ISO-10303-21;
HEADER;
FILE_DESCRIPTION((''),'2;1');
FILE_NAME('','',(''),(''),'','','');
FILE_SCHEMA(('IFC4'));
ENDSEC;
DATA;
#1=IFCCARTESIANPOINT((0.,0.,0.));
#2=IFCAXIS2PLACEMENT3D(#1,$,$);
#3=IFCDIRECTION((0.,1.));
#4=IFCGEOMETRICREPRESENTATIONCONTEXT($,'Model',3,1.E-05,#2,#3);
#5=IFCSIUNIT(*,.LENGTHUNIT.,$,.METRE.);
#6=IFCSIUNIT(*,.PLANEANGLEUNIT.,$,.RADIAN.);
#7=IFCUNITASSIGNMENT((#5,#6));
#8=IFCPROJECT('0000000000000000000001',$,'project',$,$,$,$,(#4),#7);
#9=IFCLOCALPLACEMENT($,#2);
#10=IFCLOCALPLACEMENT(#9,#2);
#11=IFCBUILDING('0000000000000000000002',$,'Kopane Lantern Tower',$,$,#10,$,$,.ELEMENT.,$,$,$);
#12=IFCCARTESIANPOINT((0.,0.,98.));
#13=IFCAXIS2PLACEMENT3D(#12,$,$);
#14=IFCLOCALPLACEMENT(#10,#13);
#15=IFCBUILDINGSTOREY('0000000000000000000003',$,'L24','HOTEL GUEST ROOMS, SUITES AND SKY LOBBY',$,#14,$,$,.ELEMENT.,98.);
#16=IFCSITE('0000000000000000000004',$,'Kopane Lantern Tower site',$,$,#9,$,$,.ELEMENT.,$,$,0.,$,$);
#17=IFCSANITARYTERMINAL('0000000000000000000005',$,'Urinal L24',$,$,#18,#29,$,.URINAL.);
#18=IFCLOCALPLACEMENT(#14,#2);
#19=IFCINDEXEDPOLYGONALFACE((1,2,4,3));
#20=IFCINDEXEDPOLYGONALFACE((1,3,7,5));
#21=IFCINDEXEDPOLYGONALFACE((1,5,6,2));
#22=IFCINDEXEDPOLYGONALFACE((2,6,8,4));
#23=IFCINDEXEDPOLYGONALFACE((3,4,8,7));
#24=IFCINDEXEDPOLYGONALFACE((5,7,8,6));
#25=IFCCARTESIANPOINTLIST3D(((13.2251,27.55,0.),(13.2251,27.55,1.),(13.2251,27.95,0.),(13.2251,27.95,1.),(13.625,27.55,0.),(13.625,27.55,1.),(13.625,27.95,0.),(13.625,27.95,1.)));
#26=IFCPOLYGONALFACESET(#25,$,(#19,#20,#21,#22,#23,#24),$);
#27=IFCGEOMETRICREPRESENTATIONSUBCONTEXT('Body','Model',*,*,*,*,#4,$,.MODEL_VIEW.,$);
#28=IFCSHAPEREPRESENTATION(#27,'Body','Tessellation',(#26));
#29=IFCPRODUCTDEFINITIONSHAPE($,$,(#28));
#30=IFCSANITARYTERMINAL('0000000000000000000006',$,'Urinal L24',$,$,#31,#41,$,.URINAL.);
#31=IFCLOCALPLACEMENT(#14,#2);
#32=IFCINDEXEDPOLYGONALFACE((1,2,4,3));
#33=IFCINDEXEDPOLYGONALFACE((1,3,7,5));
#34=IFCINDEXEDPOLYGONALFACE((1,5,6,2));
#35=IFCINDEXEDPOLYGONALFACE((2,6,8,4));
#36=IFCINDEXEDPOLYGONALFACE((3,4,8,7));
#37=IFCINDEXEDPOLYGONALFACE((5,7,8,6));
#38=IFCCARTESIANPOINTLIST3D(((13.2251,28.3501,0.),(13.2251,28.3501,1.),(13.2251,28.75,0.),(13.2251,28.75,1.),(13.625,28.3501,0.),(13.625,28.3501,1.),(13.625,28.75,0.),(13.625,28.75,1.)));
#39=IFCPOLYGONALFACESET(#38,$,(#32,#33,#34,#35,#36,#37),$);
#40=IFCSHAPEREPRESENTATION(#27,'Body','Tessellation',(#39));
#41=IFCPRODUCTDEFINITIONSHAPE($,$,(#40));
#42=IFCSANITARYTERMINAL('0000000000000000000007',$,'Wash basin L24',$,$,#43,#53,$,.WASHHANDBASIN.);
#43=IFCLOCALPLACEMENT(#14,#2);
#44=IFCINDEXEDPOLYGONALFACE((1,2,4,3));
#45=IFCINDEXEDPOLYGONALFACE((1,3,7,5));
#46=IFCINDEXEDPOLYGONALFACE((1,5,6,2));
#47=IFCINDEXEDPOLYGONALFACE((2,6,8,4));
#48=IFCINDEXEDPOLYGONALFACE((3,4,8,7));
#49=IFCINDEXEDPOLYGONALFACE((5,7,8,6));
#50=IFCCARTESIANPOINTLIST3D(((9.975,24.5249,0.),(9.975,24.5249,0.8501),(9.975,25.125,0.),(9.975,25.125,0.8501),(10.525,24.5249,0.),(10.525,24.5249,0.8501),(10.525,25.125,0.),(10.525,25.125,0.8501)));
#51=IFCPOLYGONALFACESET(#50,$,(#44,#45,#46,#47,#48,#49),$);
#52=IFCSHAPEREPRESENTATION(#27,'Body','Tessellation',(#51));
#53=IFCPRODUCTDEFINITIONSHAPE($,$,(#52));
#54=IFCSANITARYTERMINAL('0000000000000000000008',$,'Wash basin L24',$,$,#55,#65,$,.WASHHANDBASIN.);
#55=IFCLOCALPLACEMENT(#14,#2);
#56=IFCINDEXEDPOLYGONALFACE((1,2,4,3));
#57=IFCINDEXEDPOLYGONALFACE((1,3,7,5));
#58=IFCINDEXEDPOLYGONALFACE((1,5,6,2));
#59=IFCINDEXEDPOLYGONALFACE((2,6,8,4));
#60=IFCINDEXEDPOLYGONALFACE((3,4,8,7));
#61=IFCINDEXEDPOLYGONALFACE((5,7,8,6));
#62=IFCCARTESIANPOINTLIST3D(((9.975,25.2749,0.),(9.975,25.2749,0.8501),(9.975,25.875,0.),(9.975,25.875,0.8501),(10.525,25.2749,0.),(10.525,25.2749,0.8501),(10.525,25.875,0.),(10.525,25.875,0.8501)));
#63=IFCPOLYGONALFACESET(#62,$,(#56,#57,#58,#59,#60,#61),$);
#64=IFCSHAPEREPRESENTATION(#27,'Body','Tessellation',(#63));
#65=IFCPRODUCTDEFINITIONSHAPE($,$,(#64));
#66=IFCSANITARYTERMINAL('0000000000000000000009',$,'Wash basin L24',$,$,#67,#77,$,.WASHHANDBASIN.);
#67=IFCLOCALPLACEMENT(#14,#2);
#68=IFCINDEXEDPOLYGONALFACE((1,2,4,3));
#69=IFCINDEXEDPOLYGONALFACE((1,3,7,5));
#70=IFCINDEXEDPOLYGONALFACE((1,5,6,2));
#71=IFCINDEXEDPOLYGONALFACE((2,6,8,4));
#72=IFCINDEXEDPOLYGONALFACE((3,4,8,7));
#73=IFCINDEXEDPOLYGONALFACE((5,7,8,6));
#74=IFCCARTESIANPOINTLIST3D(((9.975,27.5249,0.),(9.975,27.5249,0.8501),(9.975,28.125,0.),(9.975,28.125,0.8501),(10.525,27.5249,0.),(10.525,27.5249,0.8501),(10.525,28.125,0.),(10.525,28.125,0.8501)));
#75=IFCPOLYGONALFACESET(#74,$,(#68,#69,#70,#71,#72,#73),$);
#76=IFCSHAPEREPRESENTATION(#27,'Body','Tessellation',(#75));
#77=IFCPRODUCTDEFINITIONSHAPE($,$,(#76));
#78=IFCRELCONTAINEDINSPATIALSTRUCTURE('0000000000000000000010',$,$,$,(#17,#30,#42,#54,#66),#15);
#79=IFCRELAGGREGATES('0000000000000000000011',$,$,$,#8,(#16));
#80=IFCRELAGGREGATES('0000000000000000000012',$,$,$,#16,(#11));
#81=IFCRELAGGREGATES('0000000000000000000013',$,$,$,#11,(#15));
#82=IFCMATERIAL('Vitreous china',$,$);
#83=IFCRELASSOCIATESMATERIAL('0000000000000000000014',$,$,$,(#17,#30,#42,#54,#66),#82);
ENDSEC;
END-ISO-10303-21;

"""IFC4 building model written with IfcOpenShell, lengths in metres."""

from ifc_helpers import new_model, si_unit, direction, frame, origin, origin_2d, place, context, subcontext, project, spatial, rectangle, extrude, material, element, save


model = new_model("IFC4")

# Units and contexts
model_context = context("Model", 3, precision=1e-05, world=origin(), true_north=direction((0.0, 1.0)))
body_context = subcontext(model_context, "Body", "Model", "MODEL_VIEW")
ifc_project = project(units=[si_unit("LENGTHUNIT", "METRE"), si_unit("PLANEANGLEUNIT", "RADIAN")], contexts=[model_context])

# Site, building, storey
site_placement = place(None, origin())
site = spatial("IfcSite", under=ifc_project, at=site_placement, Name="Kopane Lantern Tower site", CompositionType="ELEMENT", RefElevation=0.0)
building_placement = place(site_placement, origin())
building = spatial("IfcBuilding", under=site, at=building_placement, Name="Kopane Lantern Tower", CompositionType="ELEMENT")
storey_placement = place(building_placement, frame((0.0, 0.0, 98.0)))
storey = spatial("IfcBuildingStorey", under=building, at=storey_placement, Name="L24", Description="HOTEL GUEST ROOMS, SUITES AND SKY LOBBY", CompositionType="ELEMENT", Elevation=98.0)

# Sanitary terminals
ifc_material_1 = material(Name="Vitreous china")
for number, where, z_axis, x_axis, name in (
    (1, (13.425, 27.75, 0.0), (0.0, 0.0, 1.0), (1.0, 0.0, 0.0), "Urinal L24"),
    (2, (13.425, 28.55, 0.0), (0.0, 0.0, 1.0), (1.0, 0.0, 0.0), "Urinal L24"),
):
    element("IfcSanitaryTerminal", number, at=place(storey_placement, frame(where, z_axis=z_axis, x_axis=x_axis)), inside=storey, material=ifc_material_1, Name=name, PredefinedType="URINAL", context=body_context, shape_type="SweptSolid", body=[
        extrude(rectangle(XDim=0.3999, YDim=0.3999, at=origin_2d()), origin(), (0.0, 0.0, 1.0), 1.0),
    ])
for number, where, z_axis, x_axis, name in (
    (3, (10.25, 24.825, 0.0), (0.0, 0.0, 1.0), (1.0, 0.0, 0.0), "Wash basin L24"),
    (4, (10.25, 25.575, 0.0), (0.0, 0.0, 1.0), (1.0, 0.0, 0.0), "Wash basin L24"),
    (5, (10.25, 27.825, 0.0), (0.0, 0.0, 1.0), (1.0, 0.0, 0.0), "Wash basin L24"),
):
    element("IfcSanitaryTerminal", number, at=place(storey_placement, frame(where, z_axis=z_axis, x_axis=x_axis)), inside=storey, material=ifc_material_1, Name=name, PredefinedType="WASHHANDBASIN", context=body_context, shape_type="SweptSolid", body=[
        extrude(rectangle(XDim=0.55, YDim=0.6001, at=origin_2d()), origin(), (0.0, 0.0, 1.0), 0.8501),
    ])

save(model, "model.ifc")
